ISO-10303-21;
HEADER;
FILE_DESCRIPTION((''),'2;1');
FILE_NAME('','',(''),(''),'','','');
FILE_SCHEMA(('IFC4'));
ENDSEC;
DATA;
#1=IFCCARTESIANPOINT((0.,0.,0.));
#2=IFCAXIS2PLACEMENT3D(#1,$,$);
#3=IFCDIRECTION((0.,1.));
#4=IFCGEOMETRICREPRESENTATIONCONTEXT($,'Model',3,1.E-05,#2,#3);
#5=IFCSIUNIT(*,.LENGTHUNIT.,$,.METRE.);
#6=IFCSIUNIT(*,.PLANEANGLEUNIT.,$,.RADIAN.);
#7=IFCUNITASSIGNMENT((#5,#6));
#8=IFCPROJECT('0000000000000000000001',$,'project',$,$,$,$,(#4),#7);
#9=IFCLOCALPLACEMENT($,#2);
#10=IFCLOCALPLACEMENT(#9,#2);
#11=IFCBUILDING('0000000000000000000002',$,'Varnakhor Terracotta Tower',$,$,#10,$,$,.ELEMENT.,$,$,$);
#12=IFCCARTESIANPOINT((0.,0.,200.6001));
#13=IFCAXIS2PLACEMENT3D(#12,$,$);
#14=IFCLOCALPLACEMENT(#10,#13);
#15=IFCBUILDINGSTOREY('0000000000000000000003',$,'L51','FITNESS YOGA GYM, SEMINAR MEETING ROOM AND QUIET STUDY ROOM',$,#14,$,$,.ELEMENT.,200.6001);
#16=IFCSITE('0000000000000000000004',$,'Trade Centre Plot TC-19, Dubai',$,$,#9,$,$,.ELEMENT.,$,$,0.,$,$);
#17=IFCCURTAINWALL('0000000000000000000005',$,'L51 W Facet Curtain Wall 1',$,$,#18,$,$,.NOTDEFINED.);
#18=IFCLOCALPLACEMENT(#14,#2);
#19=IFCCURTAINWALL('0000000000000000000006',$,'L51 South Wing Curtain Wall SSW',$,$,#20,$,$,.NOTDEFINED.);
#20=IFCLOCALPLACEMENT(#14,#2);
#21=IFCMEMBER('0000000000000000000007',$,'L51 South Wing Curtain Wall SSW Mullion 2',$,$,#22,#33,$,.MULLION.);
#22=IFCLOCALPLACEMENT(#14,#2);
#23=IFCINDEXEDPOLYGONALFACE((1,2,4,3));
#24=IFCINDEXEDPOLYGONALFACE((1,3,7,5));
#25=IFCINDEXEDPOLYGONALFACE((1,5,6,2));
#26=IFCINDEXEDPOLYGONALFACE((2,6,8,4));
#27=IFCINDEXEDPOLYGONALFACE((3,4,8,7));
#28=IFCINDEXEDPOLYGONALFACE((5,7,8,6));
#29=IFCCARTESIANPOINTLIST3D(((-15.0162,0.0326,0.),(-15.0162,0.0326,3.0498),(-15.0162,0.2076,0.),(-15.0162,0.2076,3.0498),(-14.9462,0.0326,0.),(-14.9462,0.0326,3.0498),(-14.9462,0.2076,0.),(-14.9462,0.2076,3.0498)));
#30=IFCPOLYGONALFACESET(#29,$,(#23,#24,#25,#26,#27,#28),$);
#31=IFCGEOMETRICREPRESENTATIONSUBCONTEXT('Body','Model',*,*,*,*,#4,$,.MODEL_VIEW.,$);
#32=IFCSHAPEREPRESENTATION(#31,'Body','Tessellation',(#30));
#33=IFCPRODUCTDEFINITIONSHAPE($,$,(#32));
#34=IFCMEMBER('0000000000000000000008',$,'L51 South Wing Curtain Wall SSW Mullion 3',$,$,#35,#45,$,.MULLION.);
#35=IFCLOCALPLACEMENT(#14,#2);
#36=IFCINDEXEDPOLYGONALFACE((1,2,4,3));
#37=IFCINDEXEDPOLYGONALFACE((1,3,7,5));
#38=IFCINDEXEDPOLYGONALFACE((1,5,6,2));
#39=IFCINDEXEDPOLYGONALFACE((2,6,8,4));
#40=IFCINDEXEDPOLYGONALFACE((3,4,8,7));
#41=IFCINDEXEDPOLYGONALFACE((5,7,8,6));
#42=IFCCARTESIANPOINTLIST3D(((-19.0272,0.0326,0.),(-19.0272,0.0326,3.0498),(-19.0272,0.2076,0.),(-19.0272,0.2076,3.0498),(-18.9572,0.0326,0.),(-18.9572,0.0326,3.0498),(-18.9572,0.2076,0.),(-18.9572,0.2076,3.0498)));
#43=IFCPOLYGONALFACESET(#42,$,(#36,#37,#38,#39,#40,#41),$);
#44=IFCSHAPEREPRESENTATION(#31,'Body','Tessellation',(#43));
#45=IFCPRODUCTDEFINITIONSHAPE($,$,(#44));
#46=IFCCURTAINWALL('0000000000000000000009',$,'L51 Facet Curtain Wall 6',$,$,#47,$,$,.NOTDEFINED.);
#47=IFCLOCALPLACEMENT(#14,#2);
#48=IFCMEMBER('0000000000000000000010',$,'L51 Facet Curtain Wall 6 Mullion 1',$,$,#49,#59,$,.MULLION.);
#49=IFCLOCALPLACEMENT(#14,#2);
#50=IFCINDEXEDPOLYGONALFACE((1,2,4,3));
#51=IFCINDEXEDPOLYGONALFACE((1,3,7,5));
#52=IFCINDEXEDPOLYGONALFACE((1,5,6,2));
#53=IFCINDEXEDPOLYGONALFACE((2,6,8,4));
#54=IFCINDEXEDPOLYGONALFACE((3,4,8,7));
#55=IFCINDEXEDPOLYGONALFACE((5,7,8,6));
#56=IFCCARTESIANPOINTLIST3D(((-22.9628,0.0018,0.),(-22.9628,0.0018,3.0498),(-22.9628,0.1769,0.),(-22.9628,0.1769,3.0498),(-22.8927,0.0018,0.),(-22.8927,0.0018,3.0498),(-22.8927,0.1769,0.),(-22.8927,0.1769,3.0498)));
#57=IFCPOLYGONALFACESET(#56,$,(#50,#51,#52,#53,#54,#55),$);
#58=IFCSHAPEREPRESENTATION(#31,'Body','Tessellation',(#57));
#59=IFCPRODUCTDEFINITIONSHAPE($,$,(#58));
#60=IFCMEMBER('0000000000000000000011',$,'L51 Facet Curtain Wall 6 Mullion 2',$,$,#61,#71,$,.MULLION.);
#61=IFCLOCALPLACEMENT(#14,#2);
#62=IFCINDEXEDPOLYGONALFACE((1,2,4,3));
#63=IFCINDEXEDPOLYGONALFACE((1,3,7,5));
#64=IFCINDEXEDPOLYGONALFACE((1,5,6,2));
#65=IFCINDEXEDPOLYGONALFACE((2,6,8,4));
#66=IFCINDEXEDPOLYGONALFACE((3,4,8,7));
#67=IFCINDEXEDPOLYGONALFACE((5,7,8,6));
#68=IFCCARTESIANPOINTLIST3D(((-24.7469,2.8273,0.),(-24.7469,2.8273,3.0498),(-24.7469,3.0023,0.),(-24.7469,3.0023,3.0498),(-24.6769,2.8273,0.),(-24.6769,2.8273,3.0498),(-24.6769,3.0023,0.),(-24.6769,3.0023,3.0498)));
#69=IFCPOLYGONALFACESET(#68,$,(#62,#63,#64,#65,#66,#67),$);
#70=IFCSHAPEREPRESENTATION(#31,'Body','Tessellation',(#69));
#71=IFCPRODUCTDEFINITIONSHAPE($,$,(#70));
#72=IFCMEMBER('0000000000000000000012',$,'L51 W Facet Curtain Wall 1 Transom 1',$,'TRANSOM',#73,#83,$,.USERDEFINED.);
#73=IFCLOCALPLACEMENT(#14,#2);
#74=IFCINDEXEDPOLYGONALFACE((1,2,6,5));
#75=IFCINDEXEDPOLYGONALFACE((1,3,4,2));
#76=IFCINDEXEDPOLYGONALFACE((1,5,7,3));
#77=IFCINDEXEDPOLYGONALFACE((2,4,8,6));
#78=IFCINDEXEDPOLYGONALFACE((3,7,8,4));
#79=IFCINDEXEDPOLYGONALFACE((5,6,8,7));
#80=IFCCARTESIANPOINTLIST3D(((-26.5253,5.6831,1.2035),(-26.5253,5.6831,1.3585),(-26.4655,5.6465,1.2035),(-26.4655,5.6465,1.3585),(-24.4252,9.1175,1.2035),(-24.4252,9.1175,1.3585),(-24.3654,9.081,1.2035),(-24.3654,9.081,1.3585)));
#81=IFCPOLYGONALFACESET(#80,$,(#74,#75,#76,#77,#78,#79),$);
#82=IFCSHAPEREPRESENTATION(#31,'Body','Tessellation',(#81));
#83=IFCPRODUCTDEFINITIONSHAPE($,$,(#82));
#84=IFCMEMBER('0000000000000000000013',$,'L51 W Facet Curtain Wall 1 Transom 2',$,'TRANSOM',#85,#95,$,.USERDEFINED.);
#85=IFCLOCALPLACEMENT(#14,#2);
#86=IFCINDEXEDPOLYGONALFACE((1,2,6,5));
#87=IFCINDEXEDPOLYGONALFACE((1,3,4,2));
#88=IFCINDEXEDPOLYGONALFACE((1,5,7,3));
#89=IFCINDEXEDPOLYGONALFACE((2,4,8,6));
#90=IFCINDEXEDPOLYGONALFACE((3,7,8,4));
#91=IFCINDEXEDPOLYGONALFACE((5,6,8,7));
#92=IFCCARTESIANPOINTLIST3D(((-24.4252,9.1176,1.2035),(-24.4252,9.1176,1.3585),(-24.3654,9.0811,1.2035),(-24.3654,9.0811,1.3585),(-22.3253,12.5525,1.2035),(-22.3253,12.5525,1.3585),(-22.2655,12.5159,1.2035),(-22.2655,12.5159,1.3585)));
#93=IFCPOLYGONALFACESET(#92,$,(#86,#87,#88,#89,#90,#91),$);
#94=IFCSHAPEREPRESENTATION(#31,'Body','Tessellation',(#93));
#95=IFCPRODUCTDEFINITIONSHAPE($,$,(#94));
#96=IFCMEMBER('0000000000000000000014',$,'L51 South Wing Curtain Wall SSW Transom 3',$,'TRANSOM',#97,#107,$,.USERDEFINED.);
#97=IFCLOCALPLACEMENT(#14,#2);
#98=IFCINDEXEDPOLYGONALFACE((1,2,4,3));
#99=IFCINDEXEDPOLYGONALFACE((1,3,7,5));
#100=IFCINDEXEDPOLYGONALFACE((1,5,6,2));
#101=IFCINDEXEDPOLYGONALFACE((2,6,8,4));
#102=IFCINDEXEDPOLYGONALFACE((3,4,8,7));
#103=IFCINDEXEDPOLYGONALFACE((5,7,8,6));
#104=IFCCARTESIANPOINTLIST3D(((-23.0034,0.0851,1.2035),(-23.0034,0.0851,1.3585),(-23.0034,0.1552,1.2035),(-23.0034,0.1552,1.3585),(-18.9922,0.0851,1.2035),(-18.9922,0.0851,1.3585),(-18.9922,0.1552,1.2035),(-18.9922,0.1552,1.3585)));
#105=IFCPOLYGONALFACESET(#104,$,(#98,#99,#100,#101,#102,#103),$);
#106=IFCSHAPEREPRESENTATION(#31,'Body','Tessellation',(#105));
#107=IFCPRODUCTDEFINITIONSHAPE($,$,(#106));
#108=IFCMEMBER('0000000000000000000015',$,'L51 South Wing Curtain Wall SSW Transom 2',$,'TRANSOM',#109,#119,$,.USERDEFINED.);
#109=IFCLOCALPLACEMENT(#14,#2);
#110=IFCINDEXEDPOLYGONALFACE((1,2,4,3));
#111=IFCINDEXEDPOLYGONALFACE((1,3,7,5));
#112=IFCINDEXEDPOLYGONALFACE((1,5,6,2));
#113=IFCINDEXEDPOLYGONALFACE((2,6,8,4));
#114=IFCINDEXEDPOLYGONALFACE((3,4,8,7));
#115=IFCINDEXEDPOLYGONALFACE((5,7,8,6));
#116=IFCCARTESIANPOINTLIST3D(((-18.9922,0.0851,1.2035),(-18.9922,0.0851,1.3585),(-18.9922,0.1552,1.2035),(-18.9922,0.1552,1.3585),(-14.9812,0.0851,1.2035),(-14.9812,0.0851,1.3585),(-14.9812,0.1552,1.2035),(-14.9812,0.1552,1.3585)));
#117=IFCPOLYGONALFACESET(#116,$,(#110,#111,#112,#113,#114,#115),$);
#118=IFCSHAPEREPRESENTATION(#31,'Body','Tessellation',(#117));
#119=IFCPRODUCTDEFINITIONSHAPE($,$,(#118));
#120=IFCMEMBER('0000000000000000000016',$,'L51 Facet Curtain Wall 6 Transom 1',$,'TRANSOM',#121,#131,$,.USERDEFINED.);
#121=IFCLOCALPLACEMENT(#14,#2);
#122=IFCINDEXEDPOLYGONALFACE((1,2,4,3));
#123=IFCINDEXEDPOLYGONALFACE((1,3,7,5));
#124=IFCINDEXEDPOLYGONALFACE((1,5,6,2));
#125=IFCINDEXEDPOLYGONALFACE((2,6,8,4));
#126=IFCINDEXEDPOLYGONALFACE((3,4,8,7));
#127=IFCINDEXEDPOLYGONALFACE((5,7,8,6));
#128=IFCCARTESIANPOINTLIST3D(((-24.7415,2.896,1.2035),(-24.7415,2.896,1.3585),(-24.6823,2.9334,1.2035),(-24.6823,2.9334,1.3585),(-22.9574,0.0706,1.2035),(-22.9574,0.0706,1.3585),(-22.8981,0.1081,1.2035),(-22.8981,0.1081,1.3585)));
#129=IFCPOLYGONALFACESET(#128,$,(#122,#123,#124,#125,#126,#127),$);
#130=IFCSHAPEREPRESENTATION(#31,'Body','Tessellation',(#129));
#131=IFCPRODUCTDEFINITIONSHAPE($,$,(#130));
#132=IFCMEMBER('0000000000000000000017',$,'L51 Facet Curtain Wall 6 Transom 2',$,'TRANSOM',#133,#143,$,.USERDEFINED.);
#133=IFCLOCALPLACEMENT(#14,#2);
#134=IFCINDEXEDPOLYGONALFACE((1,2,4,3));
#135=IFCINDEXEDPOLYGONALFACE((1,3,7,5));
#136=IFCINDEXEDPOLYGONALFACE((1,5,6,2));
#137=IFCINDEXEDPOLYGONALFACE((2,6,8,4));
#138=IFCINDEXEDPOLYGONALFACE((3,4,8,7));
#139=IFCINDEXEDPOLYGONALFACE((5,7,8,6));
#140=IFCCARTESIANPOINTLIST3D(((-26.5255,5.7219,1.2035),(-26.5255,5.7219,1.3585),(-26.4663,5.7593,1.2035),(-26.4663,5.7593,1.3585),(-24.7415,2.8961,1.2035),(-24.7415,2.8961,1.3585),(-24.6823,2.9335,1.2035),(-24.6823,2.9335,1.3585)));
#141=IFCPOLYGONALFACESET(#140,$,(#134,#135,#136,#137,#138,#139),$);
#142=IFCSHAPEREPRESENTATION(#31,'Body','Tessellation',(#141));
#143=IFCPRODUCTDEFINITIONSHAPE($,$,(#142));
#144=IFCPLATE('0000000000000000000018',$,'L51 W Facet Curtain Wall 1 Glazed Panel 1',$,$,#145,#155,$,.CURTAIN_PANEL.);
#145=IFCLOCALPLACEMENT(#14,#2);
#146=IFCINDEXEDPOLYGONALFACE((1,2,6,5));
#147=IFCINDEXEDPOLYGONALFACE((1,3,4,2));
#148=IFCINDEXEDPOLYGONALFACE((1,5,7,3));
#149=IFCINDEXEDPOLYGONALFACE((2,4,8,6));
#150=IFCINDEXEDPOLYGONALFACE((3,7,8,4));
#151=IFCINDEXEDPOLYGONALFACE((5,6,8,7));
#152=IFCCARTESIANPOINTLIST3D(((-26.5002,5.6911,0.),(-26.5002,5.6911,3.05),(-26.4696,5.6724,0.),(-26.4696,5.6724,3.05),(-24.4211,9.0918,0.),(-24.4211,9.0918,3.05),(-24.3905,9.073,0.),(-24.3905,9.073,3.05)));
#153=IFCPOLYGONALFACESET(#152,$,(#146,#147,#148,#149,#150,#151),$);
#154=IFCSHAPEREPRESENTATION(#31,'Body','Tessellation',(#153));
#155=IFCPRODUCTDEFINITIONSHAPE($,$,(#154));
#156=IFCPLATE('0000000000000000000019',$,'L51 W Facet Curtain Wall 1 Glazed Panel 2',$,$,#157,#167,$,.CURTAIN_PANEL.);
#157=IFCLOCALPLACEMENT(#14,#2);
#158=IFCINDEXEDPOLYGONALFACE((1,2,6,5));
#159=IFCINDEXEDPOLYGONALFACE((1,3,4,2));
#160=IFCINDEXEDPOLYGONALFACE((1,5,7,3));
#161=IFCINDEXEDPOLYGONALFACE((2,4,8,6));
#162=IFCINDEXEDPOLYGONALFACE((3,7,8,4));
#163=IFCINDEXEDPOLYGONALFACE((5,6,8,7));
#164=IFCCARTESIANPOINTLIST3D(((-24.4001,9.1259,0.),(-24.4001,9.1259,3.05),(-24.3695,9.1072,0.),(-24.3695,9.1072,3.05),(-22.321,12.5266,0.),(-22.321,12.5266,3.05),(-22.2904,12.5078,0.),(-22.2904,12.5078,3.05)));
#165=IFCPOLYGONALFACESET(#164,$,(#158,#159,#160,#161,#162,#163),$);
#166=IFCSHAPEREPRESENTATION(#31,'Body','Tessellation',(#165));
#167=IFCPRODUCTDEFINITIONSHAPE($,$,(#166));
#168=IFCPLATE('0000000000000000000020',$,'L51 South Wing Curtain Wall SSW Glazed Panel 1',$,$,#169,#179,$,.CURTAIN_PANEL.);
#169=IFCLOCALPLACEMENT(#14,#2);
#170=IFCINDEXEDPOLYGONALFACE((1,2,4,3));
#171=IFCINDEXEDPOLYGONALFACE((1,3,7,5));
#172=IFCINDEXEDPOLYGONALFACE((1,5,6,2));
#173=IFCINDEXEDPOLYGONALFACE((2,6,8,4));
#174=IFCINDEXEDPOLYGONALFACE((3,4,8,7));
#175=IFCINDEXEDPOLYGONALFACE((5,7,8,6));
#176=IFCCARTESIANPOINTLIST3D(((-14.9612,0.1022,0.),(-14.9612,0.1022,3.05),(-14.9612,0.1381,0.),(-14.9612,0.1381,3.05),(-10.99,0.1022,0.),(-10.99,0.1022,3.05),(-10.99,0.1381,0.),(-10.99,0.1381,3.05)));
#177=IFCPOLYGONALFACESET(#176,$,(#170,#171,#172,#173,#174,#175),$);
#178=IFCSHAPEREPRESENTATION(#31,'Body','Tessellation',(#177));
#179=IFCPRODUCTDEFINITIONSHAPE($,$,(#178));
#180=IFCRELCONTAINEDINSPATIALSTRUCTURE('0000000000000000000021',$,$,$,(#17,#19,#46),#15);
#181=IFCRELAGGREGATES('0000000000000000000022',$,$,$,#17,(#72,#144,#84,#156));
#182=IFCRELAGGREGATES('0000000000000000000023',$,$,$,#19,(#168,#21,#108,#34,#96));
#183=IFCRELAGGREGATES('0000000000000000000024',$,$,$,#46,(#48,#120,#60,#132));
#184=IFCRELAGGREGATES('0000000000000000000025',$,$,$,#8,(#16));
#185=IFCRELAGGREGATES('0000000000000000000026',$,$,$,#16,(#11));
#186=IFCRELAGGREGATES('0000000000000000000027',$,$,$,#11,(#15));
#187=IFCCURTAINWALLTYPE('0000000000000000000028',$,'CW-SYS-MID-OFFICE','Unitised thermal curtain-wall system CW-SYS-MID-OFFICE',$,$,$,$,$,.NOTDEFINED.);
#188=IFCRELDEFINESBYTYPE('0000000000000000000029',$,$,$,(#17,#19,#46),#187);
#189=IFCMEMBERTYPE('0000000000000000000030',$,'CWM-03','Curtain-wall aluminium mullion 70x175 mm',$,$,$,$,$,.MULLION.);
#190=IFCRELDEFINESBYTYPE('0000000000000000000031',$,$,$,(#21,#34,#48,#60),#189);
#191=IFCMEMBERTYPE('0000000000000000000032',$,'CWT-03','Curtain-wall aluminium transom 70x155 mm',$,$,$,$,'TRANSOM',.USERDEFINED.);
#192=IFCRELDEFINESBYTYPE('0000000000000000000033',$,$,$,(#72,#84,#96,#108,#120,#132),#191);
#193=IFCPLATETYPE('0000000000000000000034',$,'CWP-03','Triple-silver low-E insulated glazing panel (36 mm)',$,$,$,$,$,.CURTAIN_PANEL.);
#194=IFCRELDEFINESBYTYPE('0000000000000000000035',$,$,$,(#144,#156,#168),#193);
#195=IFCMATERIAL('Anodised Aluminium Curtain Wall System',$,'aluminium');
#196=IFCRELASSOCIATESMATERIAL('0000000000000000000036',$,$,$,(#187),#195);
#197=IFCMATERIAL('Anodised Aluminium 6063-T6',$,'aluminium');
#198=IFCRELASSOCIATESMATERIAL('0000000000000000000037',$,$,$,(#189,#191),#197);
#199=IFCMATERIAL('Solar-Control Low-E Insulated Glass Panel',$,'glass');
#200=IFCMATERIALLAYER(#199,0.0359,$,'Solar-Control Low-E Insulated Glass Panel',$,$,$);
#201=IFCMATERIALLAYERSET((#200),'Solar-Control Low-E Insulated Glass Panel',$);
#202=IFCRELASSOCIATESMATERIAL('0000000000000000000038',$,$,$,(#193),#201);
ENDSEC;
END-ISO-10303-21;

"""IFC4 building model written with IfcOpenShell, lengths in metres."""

from ifc_helpers import new_model, si_unit, direction, frame, origin, origin_2d, place, context, subcontext, project, spatial, rectangle, extrude, source, transform, mapped, material, layer, layer_set, material_profile, profile_set, type_object, type_shapes, element, aggregate, save


model = new_model("IFC4")

# Units and contexts
model_context = context("Model", 3, precision=1e-05, world=origin(), true_north=direction((0.0, 1.0)))
body_context = subcontext(model_context, "Body", "Model", "MODEL_VIEW")
ifc_project = project(units=[si_unit("LENGTHUNIT", "METRE"), si_unit("PLANEANGLEUNIT", "RADIAN")], contexts=[model_context])

# Site, building, storey
site_placement = place(None, origin())
site = spatial("IfcSite", under=ifc_project, at=site_placement, Name="Trade Centre Plot TC-19, Dubai", CompositionType="ELEMENT", RefElevation=0.0)
building_placement = place(site_placement, origin())
building = spatial("IfcBuilding", under=site, at=building_placement, Name="Varnakhor Terracotta Tower", CompositionType="ELEMENT")
storey_placement = place(building_placement, frame((0.0, 0.0, 200.6001)))
storey = spatial("IfcBuildingStorey", under=building, at=storey_placement, Name="L51", Description="FITNESS YOGA GYM, SEMINAR MEETING ROOM AND QUIET STUDY ROOM", CompositionType="ELEMENT", Elevation=200.6001)

# Curtain walls, members
ifc_material_1 = material(Name="Anodised Aluminium Curtain Wall System", Category="aluminium")
curtain_wall_type = type_object("IfcCurtainWallType", Name="CW-SYS-MID-OFFICE", Description="Unitised thermal curtain-wall system CW-SYS-MID-OFFICE", PredefinedType="NOTDEFINED", material=ifc_material_1)
curtain_wall_1_placement = place(storey_placement, origin())
curtain_wall_1 = element("IfcCurtainWall", 1, at=curtain_wall_1_placement, inside=storey, type_object=curtain_wall_type, Name="L51 W Facet Curtain Wall 1", PredefinedType="NOTDEFINED")
ifc_material_2 = material(Name="Anodised Aluminium 6063-T6", Category="aluminium")
ifc_material_profile_1 = material_profile(ifc_material_2, rectangle(XDim=0.0701, YDim=0.175, at=origin_2d()), Name="ALU MULLION 70x175")
ifc_profile_set_1 = profile_set([ifc_material_profile_1], Name="Anodised Aluminium 6063-T6")
member_type_1 = type_object("IfcMemberType", Name="CWM-03", Description="Curtain-wall aluminium mullion 70x175 mm", PredefinedType="MULLION", material=ifc_profile_set_1)
shared_shape_1 = source(origin(), body_context, "Body", "SweptSolid", [
    extrude(rectangle(XDim=0.0701, YDim=0.175, at=origin_2d()), origin(), (0.0, 0.0, 1.0), 3.0498),
])
type_shapes(member_type_1, [shared_shape_1])
curtain_wall_2_placement = place(storey_placement, origin())
curtain_wall_2 = element("IfcCurtainWall", 2, at=curtain_wall_2_placement, inside=storey, type_object=curtain_wall_type, Name="L51 South Wing Curtain Wall SSW", PredefinedType="NOTDEFINED")
member_1_placement = place(storey_placement, frame((-14.9812, 0.1201, 0.0), z_axis=(0.0, 0.0, 1.0), x_axis=(1.0, 0.0, 0.0)))
member_1 = element("IfcMember", 3, at=member_1_placement, type_object=member_type_1, Name="L51 South Wing Curtain Wall SSW Mullion 2", PredefinedType="MULLION", context=body_context, shape_type="MappedRepresentation", body=[
    mapped(shared_shape_1, transform((0.0, 0.0, 0.0), scale=1.0)),
])
member_2_placement = place(storey_placement, frame((-18.9922, 0.1201, 0.0), z_axis=(0.0, 0.0, 1.0), x_axis=(1.0, 0.0, 0.0)))
member_2 = element("IfcMember", 4, at=member_2_placement, type_object=member_type_1, Name="L51 South Wing Curtain Wall SSW Mullion 3", PredefinedType="MULLION", context=body_context, shape_type="MappedRepresentation", body=[
    mapped(shared_shape_1, transform((0.0, 0.0, 0.0), scale=1.0)),
])
curtain_wall_3_placement = place(storey_placement, origin())
curtain_wall_3 = element("IfcCurtainWall", 5, at=curtain_wall_3_placement, inside=storey, type_object=curtain_wall_type, Name="L51 Facet Curtain Wall 6", PredefinedType="NOTDEFINED")
member_3_placement = place(storey_placement, frame((-22.9277, 0.0894, 0.0), z_axis=(0.0, 0.0, 1.0), x_axis=(1.0, 0.0, 0.0)))
member_3 = element("IfcMember", 6, at=member_3_placement, type_object=member_type_1, Name="L51 Facet Curtain Wall 6 Mullion 1", PredefinedType="MULLION", context=body_context, shape_type="MappedRepresentation", body=[
    mapped(shared_shape_1, transform((0.0, 0.0, 0.0), scale=1.0)),
])
member_4_placement = place(storey_placement, frame((-24.7119, 2.9148, 0.0), z_axis=(0.0, 0.0, 1.0), x_axis=(1.0, 0.0, 0.0)))
member_4 = element("IfcMember", 7, at=member_4_placement, type_object=member_type_1, Name="L51 Facet Curtain Wall 6 Mullion 2", PredefinedType="MULLION", context=body_context, shape_type="MappedRepresentation", body=[
    mapped(shared_shape_1, transform((0.0, 0.0, 0.0), scale=1.0)),
])

# Members
ifc_material_profile_2 = material_profile(ifc_material_2, rectangle(XDim=0.0701, YDim=0.155, at=origin_2d()), Name="ALU TRANSOM 70x155")
ifc_profile_set_2 = profile_set([ifc_material_profile_2], Name="Anodised Aluminium 6063-T6")
member_type_2 = type_object("IfcMemberType", Name="CWT-03", Description="Curtain-wall aluminium transom 70x155 mm", ElementType="TRANSOM", PredefinedType="USERDEFINED", material=ifc_profile_set_2)
shared_shape_2 = source(origin(), body_context, "Body", "SweptSolid", [
    extrude(rectangle(XDim=0.0701, YDim=0.155, at=origin_2d()), origin(), (0.0, 0.0, 1.0), 4.0256),
])
member_5_placement = place(storey_placement, frame((-26.4954, 5.6648, 1.281), z_axis=(0.521666, 0.85315, 0.0), x_axis=(-0.85315, 0.521666, 0.0)))
member_5 = element("IfcMember", 8, at=member_5_placement, type_object=member_type_2, Name="L51 W Facet Curtain Wall 1 Transom 1", ObjectType="TRANSOM", PredefinedType="USERDEFINED", context=body_context, shape_type="MappedRepresentation", body=[
    mapped(shared_shape_2, transform((0.0, 0.0, 0.0), scale=1.0)),
])
shared_shape_3 = source(origin(), body_context, "Body", "SweptSolid", [
    extrude(rectangle(XDim=0.0701, YDim=0.155, at=origin_2d()), origin(), (0.0, 0.0, 1.0), 4.0259),
])
member_6_placement = place(storey_placement, frame((-24.3953, 9.0994, 1.281), z_axis=(0.521595, 0.853193, 0.0), x_axis=(-0.853193, 0.521595, 0.0)))
member_6 = element("IfcMember", 9, at=member_6_placement, type_object=member_type_2, Name="L51 W Facet Curtain Wall 1 Transom 2", ObjectType="TRANSOM", PredefinedType="USERDEFINED", context=body_context, shape_type="MappedRepresentation", body=[
    mapped(shared_shape_3, transform((0.0, 0.0, 0.0), scale=1.0)),
])
shared_shape_4 = source(origin(), body_context, "Body", "SweptSolid", [
    extrude(rectangle(XDim=0.0701, YDim=0.155, at=origin_2d()), origin(), (0.0, 0.0, 1.0), 4.0112),
])
member_7_placement = place(storey_placement, frame((-18.9922, 0.1201, 1.281), z_axis=(-1.0, 0.0, 0.0), x_axis=(0.0, -1.0, 0.0)))
member_7 = element("IfcMember", 10, at=member_7_placement, type_object=member_type_2, Name="L51 South Wing Curtain Wall SSW Transom 3", ObjectType="TRANSOM", PredefinedType="USERDEFINED", context=body_context, shape_type="MappedRepresentation", body=[
    mapped(shared_shape_4, transform((0.0, 0.0, 0.0), scale=1.0)),
])
shared_shape_5 = source(origin(), body_context, "Body", "SweptSolid", [
    extrude(rectangle(XDim=0.0701, YDim=0.155, at=origin_2d()), origin(), (0.0, 0.0, 1.0), 4.011),
])
member_8_placement = place(storey_placement, frame((-14.9812, 0.1201, 1.281), z_axis=(-1.0, 0.0, 0.0), x_axis=(0.0, -1.0, 0.0)))
member_8 = element("IfcMember", 11, at=member_8_placement, type_object=member_type_2, Name="L51 South Wing Curtain Wall SSW Transom 2", ObjectType="TRANSOM", PredefinedType="USERDEFINED", context=body_context, shape_type="MappedRepresentation", body=[
    mapped(shared_shape_5, transform((0.0, 0.0, 0.0), scale=1.0)),
])
shared_shape_6 = source(origin(), body_context, "Body", "SweptSolid", [
    extrude(rectangle(XDim=0.0701, YDim=0.155, at=origin_2d()), origin(), (0.0, 0.0, 1.0), 3.3416),
])
member_9_placement = place(storey_placement, frame((-22.9277, 0.0894, 1.281), z_axis=(-0.533927, 0.845531, 0.0), x_axis=(-0.845531, -0.533927, 0.0)))
member_9 = element("IfcMember", 12, at=member_9_placement, type_object=member_type_2, Name="L51 Facet Curtain Wall 6 Transom 1", ObjectType="TRANSOM", PredefinedType="USERDEFINED", context=body_context, shape_type="MappedRepresentation", body=[
    mapped(shared_shape_6, transform((0.0, 0.0, 0.0), scale=1.0)),
])
shared_shape_7 = source(origin(), body_context, "Body", "SweptSolid", [
    extrude(rectangle(XDim=0.0701, YDim=0.155, at=origin_2d()), origin(), (0.0, 0.0, 1.0), 3.3418),
])
member_10_placement = place(storey_placement, frame((-24.7119, 2.9148, 1.281), z_axis=(-0.533842, 0.845584, 0.0), x_axis=(-0.845584, -0.533842, 0.0)))
member_10 = element("IfcMember", 13, at=member_10_placement, type_object=member_type_2, Name="L51 Facet Curtain Wall 6 Transom 2", ObjectType="TRANSOM", PredefinedType="USERDEFINED", context=body_context, shape_type="MappedRepresentation", body=[
    mapped(shared_shape_7, transform((0.0, 0.0, 0.0), scale=1.0)),
])

# Plates
ifc_material_3 = material(Name="Solar-Control Low-E Insulated Glass Panel", Category="glass")
ifc_layer_1 = layer(ifc_material_3, 0.0359, Name="Solar-Control Low-E Insulated Glass Panel")
ifc_layer_set_1 = layer_set([ifc_layer_1], Name="Solar-Control Low-E Insulated Glass Panel")
plate_type = type_object("IfcPlateType", Name="CWP-03", Description="Triple-silver low-E insulated glazing panel (36 mm)", PredefinedType="CURTAIN_PANEL", material=ifc_layer_set_1)
shared_shape_8 = source(origin(), body_context, "Body", "SweptSolid", [
    extrude(rectangle(XDim=3.9858, YDim=0.0359, at=origin_2d()), origin(), (0.0, 0.0, 1.0), 3.05),
])
plate_1_placement = place(storey_placement, frame((-25.4453, 7.3821, 0.0), z_axis=(0.0, 0.0, 1.0), x_axis=(0.52162, 0.853178, 0.0)))
plate_1 = element("IfcPlate", 14, at=plate_1_placement, type_object=plate_type, Name="L51 W Facet Curtain Wall 1 Glazed Panel 1", PredefinedType="CURTAIN_PANEL", context=body_context, shape_type="MappedRepresentation", body=[
    mapped(shared_shape_8, transform((0.0, 0.0, 0.0), scale=1.0)),
])
plate_2_placement = place(storey_placement, frame((-23.3452, 10.8169, 0.0), z_axis=(0.0, 0.0, 1.0), x_axis=(0.52162, 0.853178, 0.0)))
plate_2 = element("IfcPlate", 15, at=plate_2_placement, type_object=plate_type, Name="L51 W Facet Curtain Wall 1 Glazed Panel 2", PredefinedType="CURTAIN_PANEL", context=body_context, shape_type="MappedRepresentation", body=[
    mapped(shared_shape_8, transform((0.0, 0.0, 0.0), scale=1.0)),
])
aggregate(curtain_wall_1, [member_5, plate_1, member_6, plate_2])
shared_shape_9 = source(origin(), body_context, "Body", "SweptSolid", [
    extrude(rectangle(XDim=3.9712, YDim=0.0359, at=origin_2d()), origin(), (0.0, 0.0, 1.0), 3.05),
])
plate_3_placement = place(storey_placement, frame((-12.9756, 0.1201, 0.0), z_axis=(0.0, 0.0, 1.0), x_axis=(-1.0, 0.0, 0.0)))
plate_3 = element("IfcPlate", 16, at=plate_3_placement, type_object=plate_type, Name="L51 South Wing Curtain Wall SSW Glazed Panel 1", PredefinedType="CURTAIN_PANEL", context=body_context, shape_type="MappedRepresentation", body=[
    mapped(shared_shape_9, transform((0.0, 0.0, 0.0), scale=1.0)),
])
aggregate(curtain_wall_2, [plate_3, member_1, member_8, member_2, member_7])
aggregate(curtain_wall_3, [member_3, member_9, member_4, member_10])

save(model, "model.ifc")
